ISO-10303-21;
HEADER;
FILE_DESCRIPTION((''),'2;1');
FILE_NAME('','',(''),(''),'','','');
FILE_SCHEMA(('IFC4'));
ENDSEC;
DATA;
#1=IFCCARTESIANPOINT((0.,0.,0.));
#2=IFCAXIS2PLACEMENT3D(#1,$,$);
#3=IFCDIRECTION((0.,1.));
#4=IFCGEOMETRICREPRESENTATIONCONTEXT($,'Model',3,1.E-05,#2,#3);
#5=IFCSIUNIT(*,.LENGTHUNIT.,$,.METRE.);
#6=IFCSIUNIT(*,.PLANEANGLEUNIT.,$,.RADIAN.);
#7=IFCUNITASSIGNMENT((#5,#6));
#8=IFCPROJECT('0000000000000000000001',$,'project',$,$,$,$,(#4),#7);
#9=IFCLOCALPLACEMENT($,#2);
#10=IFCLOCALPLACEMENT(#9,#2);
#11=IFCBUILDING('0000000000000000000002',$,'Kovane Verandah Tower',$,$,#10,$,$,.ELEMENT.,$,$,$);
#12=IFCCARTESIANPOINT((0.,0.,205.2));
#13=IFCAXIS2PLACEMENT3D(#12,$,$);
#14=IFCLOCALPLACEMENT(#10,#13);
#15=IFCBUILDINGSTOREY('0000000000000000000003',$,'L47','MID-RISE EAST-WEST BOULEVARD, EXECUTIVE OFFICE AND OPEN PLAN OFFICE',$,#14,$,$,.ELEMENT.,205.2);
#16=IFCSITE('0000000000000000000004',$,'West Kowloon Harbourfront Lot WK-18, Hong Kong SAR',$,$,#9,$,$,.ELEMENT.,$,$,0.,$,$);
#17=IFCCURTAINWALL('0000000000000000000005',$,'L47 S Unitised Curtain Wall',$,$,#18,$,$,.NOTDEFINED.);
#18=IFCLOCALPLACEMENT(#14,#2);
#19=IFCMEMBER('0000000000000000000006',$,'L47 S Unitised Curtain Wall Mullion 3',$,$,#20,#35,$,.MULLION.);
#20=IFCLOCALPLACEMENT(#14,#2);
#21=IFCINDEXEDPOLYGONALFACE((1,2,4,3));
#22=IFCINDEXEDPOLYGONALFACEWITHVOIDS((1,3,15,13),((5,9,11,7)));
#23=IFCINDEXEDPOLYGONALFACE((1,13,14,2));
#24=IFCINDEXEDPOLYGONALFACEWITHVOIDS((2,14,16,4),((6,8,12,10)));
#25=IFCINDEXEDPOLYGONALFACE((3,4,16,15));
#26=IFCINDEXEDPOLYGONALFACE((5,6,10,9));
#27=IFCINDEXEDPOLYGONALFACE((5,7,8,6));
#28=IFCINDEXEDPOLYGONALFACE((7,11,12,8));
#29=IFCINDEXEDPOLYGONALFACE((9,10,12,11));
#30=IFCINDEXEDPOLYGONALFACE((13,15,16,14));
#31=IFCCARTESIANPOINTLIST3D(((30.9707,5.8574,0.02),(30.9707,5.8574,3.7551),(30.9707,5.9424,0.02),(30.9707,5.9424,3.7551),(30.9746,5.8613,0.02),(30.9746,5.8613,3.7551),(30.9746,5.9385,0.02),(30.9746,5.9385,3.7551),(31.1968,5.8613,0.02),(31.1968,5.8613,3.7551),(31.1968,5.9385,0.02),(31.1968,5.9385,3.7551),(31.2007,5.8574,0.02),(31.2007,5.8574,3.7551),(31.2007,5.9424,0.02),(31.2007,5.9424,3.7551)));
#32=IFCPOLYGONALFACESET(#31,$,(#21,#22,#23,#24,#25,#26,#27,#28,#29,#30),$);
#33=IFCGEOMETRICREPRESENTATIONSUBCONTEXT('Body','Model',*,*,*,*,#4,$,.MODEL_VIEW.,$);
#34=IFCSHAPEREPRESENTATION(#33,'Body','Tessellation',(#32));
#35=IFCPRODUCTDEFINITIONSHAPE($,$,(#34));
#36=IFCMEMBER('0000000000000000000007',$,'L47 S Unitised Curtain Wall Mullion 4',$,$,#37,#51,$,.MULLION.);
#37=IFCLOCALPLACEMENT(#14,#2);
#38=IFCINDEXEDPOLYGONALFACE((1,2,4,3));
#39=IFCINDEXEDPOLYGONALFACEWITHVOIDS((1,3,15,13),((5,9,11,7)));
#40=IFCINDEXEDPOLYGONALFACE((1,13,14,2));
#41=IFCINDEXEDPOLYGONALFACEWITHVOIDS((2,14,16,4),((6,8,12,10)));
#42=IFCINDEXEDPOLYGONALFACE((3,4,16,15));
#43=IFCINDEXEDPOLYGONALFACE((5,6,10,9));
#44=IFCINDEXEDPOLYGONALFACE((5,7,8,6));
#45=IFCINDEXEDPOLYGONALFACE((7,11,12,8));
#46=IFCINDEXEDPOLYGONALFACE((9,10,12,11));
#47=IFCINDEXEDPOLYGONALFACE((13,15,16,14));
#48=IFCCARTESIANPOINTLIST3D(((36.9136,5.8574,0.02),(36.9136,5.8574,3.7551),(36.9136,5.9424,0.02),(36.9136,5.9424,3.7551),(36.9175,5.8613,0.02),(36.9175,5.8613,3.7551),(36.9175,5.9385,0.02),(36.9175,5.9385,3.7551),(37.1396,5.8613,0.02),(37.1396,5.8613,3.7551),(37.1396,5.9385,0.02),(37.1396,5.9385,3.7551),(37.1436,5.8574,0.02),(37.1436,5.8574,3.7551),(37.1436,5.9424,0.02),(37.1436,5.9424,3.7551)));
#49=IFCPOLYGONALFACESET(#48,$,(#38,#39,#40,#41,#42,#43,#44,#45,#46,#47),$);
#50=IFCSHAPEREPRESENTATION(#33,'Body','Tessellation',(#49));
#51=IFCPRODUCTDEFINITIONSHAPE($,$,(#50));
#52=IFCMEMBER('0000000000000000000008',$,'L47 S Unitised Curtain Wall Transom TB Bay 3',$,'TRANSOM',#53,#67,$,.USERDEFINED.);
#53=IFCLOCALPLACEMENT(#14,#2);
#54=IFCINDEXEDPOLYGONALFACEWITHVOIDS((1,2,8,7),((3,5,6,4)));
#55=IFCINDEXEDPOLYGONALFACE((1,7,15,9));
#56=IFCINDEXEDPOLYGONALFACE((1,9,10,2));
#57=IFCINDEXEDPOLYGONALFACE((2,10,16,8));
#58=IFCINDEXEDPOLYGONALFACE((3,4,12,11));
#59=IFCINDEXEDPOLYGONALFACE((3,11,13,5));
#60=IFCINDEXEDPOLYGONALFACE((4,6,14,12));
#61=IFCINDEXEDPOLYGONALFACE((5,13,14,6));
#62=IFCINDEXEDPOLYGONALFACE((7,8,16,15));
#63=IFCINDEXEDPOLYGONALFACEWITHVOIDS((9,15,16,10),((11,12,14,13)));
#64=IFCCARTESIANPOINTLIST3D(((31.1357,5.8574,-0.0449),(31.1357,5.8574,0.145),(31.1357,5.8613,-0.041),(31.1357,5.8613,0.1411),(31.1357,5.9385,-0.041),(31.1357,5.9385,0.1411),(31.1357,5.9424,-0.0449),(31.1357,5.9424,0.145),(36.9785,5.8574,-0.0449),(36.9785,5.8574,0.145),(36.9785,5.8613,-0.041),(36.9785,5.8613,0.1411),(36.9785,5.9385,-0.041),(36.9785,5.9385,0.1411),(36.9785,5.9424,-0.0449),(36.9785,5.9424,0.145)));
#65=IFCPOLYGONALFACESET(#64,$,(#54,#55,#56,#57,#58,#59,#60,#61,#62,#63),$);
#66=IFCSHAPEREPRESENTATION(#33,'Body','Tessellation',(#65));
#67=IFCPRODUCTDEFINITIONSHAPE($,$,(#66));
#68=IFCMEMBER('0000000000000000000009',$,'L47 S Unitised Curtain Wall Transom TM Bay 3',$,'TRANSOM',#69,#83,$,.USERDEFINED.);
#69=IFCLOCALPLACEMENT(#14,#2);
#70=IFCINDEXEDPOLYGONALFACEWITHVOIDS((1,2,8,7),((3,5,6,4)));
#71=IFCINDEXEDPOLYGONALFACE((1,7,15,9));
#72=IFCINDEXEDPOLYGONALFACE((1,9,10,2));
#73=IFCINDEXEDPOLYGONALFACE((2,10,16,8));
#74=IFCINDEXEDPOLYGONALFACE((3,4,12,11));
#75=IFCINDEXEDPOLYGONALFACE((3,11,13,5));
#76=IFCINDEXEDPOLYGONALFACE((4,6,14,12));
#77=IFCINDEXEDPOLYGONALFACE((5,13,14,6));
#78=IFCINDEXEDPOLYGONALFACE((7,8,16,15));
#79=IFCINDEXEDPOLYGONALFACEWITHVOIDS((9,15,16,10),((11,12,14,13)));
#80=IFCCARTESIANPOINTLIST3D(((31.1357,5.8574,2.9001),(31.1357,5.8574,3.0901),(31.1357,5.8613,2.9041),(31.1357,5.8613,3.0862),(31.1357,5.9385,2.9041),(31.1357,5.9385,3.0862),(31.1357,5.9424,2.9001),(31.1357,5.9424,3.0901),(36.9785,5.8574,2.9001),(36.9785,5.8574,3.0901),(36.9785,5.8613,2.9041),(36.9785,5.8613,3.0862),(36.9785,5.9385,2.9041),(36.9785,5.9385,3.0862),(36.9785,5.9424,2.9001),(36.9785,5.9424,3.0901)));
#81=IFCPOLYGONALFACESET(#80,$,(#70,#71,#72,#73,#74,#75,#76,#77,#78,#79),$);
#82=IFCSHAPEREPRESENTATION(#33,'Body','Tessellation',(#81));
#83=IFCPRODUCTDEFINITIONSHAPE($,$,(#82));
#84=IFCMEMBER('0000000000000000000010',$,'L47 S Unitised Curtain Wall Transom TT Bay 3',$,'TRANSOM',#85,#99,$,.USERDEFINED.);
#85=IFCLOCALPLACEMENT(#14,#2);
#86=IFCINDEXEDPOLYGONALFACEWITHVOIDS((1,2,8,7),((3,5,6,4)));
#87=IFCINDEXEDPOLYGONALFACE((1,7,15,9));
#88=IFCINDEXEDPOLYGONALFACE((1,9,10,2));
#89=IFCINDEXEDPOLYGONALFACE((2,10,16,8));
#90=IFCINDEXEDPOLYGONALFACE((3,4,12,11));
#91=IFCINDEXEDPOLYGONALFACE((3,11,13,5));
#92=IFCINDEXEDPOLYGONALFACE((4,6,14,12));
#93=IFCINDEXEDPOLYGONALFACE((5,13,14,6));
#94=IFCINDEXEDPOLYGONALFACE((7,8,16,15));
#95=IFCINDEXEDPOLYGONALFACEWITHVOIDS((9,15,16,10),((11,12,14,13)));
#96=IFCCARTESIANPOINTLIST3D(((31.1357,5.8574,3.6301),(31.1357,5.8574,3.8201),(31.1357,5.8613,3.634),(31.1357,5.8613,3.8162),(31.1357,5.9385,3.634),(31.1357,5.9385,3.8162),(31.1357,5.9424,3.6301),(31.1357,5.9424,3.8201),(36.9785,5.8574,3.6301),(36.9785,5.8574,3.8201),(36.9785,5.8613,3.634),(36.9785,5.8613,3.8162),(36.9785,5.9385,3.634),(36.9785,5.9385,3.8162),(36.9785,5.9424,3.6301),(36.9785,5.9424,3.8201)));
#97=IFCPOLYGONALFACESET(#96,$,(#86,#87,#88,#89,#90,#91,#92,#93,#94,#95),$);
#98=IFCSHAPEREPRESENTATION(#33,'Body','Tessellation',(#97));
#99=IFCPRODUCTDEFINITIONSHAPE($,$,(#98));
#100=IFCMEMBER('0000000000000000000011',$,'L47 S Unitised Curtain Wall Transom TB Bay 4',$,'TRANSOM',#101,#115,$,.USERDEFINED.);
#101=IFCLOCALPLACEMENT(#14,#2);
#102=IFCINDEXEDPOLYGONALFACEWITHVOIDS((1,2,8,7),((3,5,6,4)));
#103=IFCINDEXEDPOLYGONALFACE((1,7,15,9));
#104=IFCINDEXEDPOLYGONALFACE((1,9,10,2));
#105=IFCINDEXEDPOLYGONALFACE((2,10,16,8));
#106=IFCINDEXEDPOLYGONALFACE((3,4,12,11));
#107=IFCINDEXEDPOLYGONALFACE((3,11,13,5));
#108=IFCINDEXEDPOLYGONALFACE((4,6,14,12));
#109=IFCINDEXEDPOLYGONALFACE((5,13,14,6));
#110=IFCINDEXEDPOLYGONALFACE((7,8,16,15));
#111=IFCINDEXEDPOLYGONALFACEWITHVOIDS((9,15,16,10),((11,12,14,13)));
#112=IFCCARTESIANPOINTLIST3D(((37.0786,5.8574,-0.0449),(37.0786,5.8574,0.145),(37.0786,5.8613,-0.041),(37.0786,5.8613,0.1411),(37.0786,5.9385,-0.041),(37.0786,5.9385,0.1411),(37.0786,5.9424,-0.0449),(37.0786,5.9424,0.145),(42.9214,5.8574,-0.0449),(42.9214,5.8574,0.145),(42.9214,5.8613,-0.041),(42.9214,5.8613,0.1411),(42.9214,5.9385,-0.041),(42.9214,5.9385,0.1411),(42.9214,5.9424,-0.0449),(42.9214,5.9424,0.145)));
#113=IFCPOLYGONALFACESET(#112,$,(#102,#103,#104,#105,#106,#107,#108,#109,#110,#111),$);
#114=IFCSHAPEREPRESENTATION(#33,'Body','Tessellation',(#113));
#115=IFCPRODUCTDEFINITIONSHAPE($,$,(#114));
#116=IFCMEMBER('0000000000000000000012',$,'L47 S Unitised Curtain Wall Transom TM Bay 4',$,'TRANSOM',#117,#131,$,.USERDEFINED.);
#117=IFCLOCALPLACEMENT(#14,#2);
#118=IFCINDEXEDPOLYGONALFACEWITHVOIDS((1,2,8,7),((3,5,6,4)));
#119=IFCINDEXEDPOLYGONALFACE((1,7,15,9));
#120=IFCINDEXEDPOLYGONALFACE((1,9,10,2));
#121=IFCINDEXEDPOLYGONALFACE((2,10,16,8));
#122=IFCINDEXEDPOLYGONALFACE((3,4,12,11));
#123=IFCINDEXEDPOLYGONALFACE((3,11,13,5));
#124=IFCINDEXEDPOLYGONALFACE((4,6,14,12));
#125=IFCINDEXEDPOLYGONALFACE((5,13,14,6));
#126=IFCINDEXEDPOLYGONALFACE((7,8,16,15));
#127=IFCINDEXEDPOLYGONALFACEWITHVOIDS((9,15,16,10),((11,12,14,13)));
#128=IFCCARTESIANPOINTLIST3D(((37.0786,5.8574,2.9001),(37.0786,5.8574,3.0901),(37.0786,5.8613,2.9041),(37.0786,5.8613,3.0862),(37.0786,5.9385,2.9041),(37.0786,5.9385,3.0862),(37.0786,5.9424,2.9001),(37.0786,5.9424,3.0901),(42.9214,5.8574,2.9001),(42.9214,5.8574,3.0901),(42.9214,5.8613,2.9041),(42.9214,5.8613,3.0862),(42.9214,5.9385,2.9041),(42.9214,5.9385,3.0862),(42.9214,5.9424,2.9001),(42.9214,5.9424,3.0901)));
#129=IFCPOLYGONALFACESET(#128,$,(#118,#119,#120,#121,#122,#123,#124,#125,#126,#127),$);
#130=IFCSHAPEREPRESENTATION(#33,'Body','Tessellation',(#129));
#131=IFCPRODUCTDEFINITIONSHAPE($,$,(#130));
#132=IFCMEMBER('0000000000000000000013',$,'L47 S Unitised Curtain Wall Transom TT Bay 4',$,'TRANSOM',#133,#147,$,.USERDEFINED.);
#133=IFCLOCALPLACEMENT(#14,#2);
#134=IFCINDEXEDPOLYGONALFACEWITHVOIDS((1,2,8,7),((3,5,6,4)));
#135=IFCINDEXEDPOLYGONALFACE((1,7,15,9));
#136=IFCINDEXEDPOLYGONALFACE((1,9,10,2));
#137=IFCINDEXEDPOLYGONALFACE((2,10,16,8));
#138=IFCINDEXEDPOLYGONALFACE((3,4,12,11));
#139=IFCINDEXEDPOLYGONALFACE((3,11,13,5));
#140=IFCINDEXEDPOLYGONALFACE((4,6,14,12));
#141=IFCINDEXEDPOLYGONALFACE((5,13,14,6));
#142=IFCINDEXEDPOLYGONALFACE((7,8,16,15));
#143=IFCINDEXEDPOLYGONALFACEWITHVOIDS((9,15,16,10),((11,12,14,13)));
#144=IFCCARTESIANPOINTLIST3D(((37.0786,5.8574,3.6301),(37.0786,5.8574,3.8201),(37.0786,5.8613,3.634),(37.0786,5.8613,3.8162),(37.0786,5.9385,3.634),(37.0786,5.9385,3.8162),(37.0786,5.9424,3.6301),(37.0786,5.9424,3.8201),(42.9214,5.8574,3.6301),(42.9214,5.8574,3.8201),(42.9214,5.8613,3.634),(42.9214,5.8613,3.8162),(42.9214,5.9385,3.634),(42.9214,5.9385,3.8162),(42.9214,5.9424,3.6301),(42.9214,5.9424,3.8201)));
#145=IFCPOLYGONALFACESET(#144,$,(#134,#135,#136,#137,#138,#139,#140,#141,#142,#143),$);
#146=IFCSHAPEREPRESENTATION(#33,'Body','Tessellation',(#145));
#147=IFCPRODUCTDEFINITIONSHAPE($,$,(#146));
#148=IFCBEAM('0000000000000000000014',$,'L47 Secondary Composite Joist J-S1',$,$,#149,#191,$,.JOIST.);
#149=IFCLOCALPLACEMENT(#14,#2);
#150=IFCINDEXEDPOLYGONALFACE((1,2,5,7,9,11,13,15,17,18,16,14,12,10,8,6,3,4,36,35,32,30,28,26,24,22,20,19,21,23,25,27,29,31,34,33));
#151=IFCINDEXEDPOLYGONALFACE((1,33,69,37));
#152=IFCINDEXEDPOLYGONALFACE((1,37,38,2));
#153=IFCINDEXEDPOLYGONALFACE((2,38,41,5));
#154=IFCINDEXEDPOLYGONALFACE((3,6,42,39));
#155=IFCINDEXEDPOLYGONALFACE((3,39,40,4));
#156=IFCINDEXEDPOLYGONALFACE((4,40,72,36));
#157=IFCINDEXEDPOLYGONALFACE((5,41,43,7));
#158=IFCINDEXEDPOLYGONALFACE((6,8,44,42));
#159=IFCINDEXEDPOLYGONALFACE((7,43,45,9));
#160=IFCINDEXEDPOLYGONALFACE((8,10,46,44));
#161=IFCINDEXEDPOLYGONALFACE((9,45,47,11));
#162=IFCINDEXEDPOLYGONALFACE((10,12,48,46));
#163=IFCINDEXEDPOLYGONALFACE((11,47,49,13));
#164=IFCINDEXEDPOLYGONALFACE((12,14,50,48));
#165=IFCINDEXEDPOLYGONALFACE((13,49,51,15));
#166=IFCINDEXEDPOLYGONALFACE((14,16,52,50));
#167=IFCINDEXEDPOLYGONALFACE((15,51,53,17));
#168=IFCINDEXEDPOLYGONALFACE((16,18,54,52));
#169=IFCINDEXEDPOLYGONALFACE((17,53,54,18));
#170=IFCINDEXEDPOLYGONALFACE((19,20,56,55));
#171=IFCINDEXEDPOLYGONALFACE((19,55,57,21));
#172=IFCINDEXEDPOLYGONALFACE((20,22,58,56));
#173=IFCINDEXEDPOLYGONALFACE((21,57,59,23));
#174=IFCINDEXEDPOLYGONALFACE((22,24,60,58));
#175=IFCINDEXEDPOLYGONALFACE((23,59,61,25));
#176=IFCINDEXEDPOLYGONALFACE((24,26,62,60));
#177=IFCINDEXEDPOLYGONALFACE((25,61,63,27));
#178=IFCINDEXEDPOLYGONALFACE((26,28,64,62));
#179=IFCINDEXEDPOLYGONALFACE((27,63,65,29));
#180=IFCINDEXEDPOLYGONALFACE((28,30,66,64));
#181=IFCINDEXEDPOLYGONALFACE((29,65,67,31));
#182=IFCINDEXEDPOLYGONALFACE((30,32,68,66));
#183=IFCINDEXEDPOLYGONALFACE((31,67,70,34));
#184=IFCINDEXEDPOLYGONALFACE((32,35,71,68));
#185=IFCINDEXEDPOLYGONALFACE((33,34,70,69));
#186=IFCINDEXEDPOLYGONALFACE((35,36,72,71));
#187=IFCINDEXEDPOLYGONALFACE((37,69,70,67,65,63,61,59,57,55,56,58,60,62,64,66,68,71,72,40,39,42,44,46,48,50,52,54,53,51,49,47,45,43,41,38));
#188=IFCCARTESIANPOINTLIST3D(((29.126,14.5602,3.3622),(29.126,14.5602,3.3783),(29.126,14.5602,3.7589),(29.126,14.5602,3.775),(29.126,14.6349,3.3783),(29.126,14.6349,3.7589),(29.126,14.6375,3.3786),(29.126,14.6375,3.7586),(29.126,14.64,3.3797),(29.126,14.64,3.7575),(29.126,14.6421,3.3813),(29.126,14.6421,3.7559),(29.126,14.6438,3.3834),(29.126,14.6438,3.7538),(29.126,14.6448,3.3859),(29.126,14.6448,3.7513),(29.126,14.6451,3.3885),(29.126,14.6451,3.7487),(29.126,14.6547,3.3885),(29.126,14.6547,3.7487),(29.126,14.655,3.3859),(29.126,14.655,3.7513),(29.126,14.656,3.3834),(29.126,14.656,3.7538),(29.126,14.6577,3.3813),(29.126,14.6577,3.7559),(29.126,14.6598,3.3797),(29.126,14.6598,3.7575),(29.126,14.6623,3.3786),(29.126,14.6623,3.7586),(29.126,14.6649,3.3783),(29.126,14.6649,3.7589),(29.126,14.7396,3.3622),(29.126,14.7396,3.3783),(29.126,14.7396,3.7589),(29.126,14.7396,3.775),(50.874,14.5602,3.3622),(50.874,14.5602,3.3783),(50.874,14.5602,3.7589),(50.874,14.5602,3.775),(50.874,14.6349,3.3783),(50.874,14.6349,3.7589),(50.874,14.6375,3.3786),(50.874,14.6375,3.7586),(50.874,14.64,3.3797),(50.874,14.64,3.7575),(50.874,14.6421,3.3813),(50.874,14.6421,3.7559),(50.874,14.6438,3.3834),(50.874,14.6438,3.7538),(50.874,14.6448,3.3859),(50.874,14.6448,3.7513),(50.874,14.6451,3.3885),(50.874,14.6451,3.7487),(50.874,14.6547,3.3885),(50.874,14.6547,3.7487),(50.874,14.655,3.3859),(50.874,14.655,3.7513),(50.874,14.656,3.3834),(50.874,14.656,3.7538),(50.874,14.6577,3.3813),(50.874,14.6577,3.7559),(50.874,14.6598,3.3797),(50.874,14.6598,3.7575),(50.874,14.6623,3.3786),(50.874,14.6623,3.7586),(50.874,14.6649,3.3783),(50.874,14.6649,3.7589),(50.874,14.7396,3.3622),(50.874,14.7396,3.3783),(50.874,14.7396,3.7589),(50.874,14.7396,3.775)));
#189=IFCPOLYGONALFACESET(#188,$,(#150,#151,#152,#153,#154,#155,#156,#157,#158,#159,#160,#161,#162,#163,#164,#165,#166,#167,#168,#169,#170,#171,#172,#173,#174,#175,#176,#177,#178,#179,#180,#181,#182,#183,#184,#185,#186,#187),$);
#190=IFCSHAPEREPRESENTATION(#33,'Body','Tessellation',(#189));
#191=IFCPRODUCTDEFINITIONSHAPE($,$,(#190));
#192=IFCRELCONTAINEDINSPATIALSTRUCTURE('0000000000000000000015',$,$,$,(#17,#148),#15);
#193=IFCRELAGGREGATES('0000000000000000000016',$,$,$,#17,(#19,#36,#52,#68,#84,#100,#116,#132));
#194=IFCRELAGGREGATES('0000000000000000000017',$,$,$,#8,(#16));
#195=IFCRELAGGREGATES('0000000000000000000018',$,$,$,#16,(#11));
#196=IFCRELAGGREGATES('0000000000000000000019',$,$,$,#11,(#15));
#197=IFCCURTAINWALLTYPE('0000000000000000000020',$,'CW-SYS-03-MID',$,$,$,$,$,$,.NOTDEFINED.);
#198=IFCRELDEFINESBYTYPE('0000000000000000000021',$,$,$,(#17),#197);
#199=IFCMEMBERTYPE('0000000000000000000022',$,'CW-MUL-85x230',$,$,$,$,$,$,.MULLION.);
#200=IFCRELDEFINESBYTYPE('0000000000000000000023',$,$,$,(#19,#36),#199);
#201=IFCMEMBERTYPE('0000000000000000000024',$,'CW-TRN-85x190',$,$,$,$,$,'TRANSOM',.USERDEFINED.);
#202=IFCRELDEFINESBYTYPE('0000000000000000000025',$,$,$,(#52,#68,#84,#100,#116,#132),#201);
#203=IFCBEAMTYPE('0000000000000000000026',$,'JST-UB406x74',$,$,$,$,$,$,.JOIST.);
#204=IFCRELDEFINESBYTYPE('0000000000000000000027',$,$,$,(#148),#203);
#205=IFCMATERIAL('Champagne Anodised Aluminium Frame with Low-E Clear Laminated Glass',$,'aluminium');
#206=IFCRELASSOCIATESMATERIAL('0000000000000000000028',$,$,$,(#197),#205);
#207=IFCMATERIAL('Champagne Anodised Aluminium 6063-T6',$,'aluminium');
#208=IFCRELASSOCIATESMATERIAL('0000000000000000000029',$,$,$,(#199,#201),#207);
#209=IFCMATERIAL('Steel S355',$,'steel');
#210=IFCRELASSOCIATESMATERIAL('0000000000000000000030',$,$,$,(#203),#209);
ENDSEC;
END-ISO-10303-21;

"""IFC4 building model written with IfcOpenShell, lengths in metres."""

from ifc_helpers import new_model, si_unit, direction, frame, origin, origin_2d, place, context, subcontext, project, spatial, hollow_rectangle, i_section, extrude, material, material_profile, profile_set, type_object, element, aggregate, save


model = new_model("IFC4")

# Units and contexts
model_context = context("Model", 3, precision=1e-05, world=origin(), true_north=direction((0.0, 1.0)))
body_context = subcontext(model_context, "Body", "Model", "MODEL_VIEW")
ifc_project = project(units=[si_unit("LENGTHUNIT", "METRE"), si_unit("PLANEANGLEUNIT", "RADIAN")], contexts=[model_context])

# Site, building, storey
site_placement = place(None, origin())
site = spatial("IfcSite", under=ifc_project, at=site_placement, Name="West Kowloon Harbourfront Lot WK-18, Hong Kong SAR", CompositionType="ELEMENT", RefElevation=0.0)
building_placement = place(site_placement, origin())
building = spatial("IfcBuilding", under=site, at=building_placement, Name="Kovane Verandah Tower", CompositionType="ELEMENT")
storey_placement = place(building_placement, frame((0.0, 0.0, 205.2)))
storey = spatial("IfcBuildingStorey", under=building, at=storey_placement, Name="L47", Description="MID-RISE EAST-WEST BOULEVARD, EXECUTIVE OFFICE AND OPEN PLAN OFFICE", CompositionType="ELEMENT", Elevation=205.2)

# Shared definitions
ifc_material_1 = material(Name="Steel S355", Category="steel")

# Curtain wall, members
ifc_material_2 = material(Name="Champagne Anodised Aluminium Frame with Low-E Clear Laminated Glass", Category="aluminium")
curtain_wall_type = type_object("IfcCurtainWallType", Name="CW-SYS-03-MID", PredefinedType="NOTDEFINED", material=ifc_material_2)
curtain_wall_placement = place(storey_placement, origin())
curtain_wall = element("IfcCurtainWall", 1, at=curtain_wall_placement, inside=storey, type_object=curtain_wall_type, Name="L47 S Unitised Curtain Wall", PredefinedType="NOTDEFINED")
ifc_material_3 = material(Name="Champagne Anodised Aluminium 6063-T6", Category="aluminium")
ifc_material_profile_1 = material_profile(ifc_material_3, hollow_rectangle(XDim=0.085, YDim=0.23, WallThickness=0.0039, at=origin_2d()), Name="AL85x230x4")
ifc_profile_set_1 = profile_set([ifc_material_profile_1], Name="Champagne Anodised Aluminium 6063-T6")
member_type_1 = type_object("IfcMemberType", Name="CW-MUL-85x230", PredefinedType="MULLION", material=ifc_profile_set_1)
member_1_placement = place(storey_placement, frame((31.0857, 5.8999, 0.02), z_axis=(0.0, 0.0, 1.0), x_axis=(0.0, -1.0, 0.0)))
member_1 = element("IfcMember", 2, at=member_1_placement, type_object=member_type_1, Name="L47 S Unitised Curtain Wall Mullion 3", PredefinedType="MULLION", context=body_context, shape_type="SweptSolid", body=[
    extrude(hollow_rectangle(XDim=0.085, YDim=0.23, WallThickness=0.0039, at=origin_2d()), origin(), (0.0, 0.0, 1.0), 3.7351),
])
member_2_placement = place(storey_placement, frame((37.0286, 5.8999, 0.02), z_axis=(0.0, 0.0, 1.0), x_axis=(0.0, -1.0, 0.0)))
member_2 = element("IfcMember", 3, at=member_2_placement, type_object=member_type_1, Name="L47 S Unitised Curtain Wall Mullion 4", PredefinedType="MULLION", context=body_context, shape_type="SweptSolid", body=[
    extrude(hollow_rectangle(XDim=0.085, YDim=0.23, WallThickness=0.0039, at=origin_2d()), origin(), (0.0, 0.0, 1.0), 3.7351),
])
ifc_material_profile_2 = material_profile(ifc_material_3, hollow_rectangle(XDim=0.085, YDim=0.1899, WallThickness=0.0039, at=origin_2d()), Name="AL85x190x4")
ifc_profile_set_2 = profile_set([ifc_material_profile_2], Name="Champagne Anodised Aluminium 6063-T6")
member_type_2 = type_object("IfcMemberType", Name="CW-TRN-85x190", ElementType="TRANSOM", PredefinedType="USERDEFINED", material=ifc_profile_set_2)
member_3_placement = place(storey_placement, frame((31.1357, 5.8999, 0.05), z_axis=(1.0, 0.0, 0.0), x_axis=(0.0, 1.0, 0.0)))
member_3 = element("IfcMember", 4, at=member_3_placement, type_object=member_type_2, Name="L47 S Unitised Curtain Wall Transom TB Bay 3", ObjectType="TRANSOM", PredefinedType="USERDEFINED", context=body_context, shape_type="SweptSolid", body=[
    extrude(hollow_rectangle(XDim=0.085, YDim=0.1899, WallThickness=0.0039, at=origin_2d()), origin(), (0.0, 0.0, 1.0), 5.8428),
])
member_4_placement = place(storey_placement, frame((31.1357, 5.8999, 2.9951), z_axis=(1.0, 0.0, 0.0), x_axis=(0.0, 1.0, 0.0)))
member_4 = element("IfcMember", 5, at=member_4_placement, type_object=member_type_2, Name="L47 S Unitised Curtain Wall Transom TM Bay 3", ObjectType="TRANSOM", PredefinedType="USERDEFINED", context=body_context, shape_type="SweptSolid", body=[
    extrude(hollow_rectangle(XDim=0.085, YDim=0.1899, WallThickness=0.0039, at=origin_2d()), origin(), (0.0, 0.0, 1.0), 5.8428),
])
member_5_placement = place(storey_placement, frame((31.1357, 5.8999, 3.7251), z_axis=(1.0, 0.0, 0.0), x_axis=(0.0, 1.0, 0.0)))
member_5 = element("IfcMember", 6, at=member_5_placement, type_object=member_type_2, Name="L47 S Unitised Curtain Wall Transom TT Bay 3", ObjectType="TRANSOM", PredefinedType="USERDEFINED", context=body_context, shape_type="SweptSolid", body=[
    extrude(hollow_rectangle(XDim=0.085, YDim=0.1899, WallThickness=0.0039, at=origin_2d()), origin(), (0.0, 0.0, 1.0), 5.8428),
])
member_6_placement = place(storey_placement, frame((37.0786, 5.8999, 0.05), z_axis=(1.0, 0.0, 0.0), x_axis=(0.0, 1.0, 0.0)))
member_6 = element("IfcMember", 7, at=member_6_placement, type_object=member_type_2, Name="L47 S Unitised Curtain Wall Transom TB Bay 4", ObjectType="TRANSOM", PredefinedType="USERDEFINED", context=body_context, shape_type="SweptSolid", body=[
    extrude(hollow_rectangle(XDim=0.085, YDim=0.1899, WallThickness=0.0039, at=origin_2d()), origin(), (0.0, 0.0, 1.0), 5.8428),
])
member_7_placement = place(storey_placement, frame((37.0786, 5.8999, 2.9951), z_axis=(1.0, 0.0, 0.0), x_axis=(0.0, 1.0, 0.0)))
member_7 = element("IfcMember", 8, at=member_7_placement, type_object=member_type_2, Name="L47 S Unitised Curtain Wall Transom TM Bay 4", ObjectType="TRANSOM", PredefinedType="USERDEFINED", context=body_context, shape_type="SweptSolid", body=[
    extrude(hollow_rectangle(XDim=0.085, YDim=0.1899, WallThickness=0.0039, at=origin_2d()), origin(), (0.0, 0.0, 1.0), 5.8428),
])
member_8_placement = place(storey_placement, frame((37.0786, 5.8999, 3.7251), z_axis=(1.0, 0.0, 0.0), x_axis=(0.0, 1.0, 0.0)))
member_8 = element("IfcMember", 9, at=member_8_placement, type_object=member_type_2, Name="L47 S Unitised Curtain Wall Transom TT Bay 4", ObjectType="TRANSOM", PredefinedType="USERDEFINED", context=body_context, shape_type="SweptSolid", body=[
    extrude(hollow_rectangle(XDim=0.085, YDim=0.1899, WallThickness=0.0039, at=origin_2d()), origin(), (0.0, 0.0, 1.0), 5.8428),
])

# Beam
ifc_material_profile_3 = material_profile(ifc_material_1, i_section(OverallWidth=0.1794, OverallDepth=0.4128, WebThickness=0.0095, FlangeThickness=0.0161, FilletRadius=0.0103, at=origin_2d()), Name="UB406x178x74")
ifc_profile_set_3 = profile_set([ifc_material_profile_3], Name="Steel S355")
beam_type_1 = type_object("IfcBeamType", Name="JST-UB406x74", PredefinedType="JOIST", material=ifc_profile_set_3)
beam_1_placement = place(storey_placement, frame((29.126, 14.6499, 3.5686), z_axis=(1.0, 0.0, 0.0), x_axis=(0.0, 1.0, 0.0)))
element("IfcBeam", 10, at=beam_1_placement, inside=storey, type_object=beam_type_1, Name="L47 Secondary Composite Joist J-S1", PredefinedType="JOIST", context=body_context, shape_type="SweptSolid", body=[
    extrude(i_section(OverallWidth=0.1794, OverallDepth=0.4128, WebThickness=0.0095, FlangeThickness=0.0161, FilletRadius=0.0103, at=origin_2d()), origin(), (0.0, 0.0, 1.0), 21.748),
])

aggregate(curtain_wall, [member_1, member_2, member_3, member_4, member_5, member_6, member_7, member_8])

save(model, "model.ifc")
